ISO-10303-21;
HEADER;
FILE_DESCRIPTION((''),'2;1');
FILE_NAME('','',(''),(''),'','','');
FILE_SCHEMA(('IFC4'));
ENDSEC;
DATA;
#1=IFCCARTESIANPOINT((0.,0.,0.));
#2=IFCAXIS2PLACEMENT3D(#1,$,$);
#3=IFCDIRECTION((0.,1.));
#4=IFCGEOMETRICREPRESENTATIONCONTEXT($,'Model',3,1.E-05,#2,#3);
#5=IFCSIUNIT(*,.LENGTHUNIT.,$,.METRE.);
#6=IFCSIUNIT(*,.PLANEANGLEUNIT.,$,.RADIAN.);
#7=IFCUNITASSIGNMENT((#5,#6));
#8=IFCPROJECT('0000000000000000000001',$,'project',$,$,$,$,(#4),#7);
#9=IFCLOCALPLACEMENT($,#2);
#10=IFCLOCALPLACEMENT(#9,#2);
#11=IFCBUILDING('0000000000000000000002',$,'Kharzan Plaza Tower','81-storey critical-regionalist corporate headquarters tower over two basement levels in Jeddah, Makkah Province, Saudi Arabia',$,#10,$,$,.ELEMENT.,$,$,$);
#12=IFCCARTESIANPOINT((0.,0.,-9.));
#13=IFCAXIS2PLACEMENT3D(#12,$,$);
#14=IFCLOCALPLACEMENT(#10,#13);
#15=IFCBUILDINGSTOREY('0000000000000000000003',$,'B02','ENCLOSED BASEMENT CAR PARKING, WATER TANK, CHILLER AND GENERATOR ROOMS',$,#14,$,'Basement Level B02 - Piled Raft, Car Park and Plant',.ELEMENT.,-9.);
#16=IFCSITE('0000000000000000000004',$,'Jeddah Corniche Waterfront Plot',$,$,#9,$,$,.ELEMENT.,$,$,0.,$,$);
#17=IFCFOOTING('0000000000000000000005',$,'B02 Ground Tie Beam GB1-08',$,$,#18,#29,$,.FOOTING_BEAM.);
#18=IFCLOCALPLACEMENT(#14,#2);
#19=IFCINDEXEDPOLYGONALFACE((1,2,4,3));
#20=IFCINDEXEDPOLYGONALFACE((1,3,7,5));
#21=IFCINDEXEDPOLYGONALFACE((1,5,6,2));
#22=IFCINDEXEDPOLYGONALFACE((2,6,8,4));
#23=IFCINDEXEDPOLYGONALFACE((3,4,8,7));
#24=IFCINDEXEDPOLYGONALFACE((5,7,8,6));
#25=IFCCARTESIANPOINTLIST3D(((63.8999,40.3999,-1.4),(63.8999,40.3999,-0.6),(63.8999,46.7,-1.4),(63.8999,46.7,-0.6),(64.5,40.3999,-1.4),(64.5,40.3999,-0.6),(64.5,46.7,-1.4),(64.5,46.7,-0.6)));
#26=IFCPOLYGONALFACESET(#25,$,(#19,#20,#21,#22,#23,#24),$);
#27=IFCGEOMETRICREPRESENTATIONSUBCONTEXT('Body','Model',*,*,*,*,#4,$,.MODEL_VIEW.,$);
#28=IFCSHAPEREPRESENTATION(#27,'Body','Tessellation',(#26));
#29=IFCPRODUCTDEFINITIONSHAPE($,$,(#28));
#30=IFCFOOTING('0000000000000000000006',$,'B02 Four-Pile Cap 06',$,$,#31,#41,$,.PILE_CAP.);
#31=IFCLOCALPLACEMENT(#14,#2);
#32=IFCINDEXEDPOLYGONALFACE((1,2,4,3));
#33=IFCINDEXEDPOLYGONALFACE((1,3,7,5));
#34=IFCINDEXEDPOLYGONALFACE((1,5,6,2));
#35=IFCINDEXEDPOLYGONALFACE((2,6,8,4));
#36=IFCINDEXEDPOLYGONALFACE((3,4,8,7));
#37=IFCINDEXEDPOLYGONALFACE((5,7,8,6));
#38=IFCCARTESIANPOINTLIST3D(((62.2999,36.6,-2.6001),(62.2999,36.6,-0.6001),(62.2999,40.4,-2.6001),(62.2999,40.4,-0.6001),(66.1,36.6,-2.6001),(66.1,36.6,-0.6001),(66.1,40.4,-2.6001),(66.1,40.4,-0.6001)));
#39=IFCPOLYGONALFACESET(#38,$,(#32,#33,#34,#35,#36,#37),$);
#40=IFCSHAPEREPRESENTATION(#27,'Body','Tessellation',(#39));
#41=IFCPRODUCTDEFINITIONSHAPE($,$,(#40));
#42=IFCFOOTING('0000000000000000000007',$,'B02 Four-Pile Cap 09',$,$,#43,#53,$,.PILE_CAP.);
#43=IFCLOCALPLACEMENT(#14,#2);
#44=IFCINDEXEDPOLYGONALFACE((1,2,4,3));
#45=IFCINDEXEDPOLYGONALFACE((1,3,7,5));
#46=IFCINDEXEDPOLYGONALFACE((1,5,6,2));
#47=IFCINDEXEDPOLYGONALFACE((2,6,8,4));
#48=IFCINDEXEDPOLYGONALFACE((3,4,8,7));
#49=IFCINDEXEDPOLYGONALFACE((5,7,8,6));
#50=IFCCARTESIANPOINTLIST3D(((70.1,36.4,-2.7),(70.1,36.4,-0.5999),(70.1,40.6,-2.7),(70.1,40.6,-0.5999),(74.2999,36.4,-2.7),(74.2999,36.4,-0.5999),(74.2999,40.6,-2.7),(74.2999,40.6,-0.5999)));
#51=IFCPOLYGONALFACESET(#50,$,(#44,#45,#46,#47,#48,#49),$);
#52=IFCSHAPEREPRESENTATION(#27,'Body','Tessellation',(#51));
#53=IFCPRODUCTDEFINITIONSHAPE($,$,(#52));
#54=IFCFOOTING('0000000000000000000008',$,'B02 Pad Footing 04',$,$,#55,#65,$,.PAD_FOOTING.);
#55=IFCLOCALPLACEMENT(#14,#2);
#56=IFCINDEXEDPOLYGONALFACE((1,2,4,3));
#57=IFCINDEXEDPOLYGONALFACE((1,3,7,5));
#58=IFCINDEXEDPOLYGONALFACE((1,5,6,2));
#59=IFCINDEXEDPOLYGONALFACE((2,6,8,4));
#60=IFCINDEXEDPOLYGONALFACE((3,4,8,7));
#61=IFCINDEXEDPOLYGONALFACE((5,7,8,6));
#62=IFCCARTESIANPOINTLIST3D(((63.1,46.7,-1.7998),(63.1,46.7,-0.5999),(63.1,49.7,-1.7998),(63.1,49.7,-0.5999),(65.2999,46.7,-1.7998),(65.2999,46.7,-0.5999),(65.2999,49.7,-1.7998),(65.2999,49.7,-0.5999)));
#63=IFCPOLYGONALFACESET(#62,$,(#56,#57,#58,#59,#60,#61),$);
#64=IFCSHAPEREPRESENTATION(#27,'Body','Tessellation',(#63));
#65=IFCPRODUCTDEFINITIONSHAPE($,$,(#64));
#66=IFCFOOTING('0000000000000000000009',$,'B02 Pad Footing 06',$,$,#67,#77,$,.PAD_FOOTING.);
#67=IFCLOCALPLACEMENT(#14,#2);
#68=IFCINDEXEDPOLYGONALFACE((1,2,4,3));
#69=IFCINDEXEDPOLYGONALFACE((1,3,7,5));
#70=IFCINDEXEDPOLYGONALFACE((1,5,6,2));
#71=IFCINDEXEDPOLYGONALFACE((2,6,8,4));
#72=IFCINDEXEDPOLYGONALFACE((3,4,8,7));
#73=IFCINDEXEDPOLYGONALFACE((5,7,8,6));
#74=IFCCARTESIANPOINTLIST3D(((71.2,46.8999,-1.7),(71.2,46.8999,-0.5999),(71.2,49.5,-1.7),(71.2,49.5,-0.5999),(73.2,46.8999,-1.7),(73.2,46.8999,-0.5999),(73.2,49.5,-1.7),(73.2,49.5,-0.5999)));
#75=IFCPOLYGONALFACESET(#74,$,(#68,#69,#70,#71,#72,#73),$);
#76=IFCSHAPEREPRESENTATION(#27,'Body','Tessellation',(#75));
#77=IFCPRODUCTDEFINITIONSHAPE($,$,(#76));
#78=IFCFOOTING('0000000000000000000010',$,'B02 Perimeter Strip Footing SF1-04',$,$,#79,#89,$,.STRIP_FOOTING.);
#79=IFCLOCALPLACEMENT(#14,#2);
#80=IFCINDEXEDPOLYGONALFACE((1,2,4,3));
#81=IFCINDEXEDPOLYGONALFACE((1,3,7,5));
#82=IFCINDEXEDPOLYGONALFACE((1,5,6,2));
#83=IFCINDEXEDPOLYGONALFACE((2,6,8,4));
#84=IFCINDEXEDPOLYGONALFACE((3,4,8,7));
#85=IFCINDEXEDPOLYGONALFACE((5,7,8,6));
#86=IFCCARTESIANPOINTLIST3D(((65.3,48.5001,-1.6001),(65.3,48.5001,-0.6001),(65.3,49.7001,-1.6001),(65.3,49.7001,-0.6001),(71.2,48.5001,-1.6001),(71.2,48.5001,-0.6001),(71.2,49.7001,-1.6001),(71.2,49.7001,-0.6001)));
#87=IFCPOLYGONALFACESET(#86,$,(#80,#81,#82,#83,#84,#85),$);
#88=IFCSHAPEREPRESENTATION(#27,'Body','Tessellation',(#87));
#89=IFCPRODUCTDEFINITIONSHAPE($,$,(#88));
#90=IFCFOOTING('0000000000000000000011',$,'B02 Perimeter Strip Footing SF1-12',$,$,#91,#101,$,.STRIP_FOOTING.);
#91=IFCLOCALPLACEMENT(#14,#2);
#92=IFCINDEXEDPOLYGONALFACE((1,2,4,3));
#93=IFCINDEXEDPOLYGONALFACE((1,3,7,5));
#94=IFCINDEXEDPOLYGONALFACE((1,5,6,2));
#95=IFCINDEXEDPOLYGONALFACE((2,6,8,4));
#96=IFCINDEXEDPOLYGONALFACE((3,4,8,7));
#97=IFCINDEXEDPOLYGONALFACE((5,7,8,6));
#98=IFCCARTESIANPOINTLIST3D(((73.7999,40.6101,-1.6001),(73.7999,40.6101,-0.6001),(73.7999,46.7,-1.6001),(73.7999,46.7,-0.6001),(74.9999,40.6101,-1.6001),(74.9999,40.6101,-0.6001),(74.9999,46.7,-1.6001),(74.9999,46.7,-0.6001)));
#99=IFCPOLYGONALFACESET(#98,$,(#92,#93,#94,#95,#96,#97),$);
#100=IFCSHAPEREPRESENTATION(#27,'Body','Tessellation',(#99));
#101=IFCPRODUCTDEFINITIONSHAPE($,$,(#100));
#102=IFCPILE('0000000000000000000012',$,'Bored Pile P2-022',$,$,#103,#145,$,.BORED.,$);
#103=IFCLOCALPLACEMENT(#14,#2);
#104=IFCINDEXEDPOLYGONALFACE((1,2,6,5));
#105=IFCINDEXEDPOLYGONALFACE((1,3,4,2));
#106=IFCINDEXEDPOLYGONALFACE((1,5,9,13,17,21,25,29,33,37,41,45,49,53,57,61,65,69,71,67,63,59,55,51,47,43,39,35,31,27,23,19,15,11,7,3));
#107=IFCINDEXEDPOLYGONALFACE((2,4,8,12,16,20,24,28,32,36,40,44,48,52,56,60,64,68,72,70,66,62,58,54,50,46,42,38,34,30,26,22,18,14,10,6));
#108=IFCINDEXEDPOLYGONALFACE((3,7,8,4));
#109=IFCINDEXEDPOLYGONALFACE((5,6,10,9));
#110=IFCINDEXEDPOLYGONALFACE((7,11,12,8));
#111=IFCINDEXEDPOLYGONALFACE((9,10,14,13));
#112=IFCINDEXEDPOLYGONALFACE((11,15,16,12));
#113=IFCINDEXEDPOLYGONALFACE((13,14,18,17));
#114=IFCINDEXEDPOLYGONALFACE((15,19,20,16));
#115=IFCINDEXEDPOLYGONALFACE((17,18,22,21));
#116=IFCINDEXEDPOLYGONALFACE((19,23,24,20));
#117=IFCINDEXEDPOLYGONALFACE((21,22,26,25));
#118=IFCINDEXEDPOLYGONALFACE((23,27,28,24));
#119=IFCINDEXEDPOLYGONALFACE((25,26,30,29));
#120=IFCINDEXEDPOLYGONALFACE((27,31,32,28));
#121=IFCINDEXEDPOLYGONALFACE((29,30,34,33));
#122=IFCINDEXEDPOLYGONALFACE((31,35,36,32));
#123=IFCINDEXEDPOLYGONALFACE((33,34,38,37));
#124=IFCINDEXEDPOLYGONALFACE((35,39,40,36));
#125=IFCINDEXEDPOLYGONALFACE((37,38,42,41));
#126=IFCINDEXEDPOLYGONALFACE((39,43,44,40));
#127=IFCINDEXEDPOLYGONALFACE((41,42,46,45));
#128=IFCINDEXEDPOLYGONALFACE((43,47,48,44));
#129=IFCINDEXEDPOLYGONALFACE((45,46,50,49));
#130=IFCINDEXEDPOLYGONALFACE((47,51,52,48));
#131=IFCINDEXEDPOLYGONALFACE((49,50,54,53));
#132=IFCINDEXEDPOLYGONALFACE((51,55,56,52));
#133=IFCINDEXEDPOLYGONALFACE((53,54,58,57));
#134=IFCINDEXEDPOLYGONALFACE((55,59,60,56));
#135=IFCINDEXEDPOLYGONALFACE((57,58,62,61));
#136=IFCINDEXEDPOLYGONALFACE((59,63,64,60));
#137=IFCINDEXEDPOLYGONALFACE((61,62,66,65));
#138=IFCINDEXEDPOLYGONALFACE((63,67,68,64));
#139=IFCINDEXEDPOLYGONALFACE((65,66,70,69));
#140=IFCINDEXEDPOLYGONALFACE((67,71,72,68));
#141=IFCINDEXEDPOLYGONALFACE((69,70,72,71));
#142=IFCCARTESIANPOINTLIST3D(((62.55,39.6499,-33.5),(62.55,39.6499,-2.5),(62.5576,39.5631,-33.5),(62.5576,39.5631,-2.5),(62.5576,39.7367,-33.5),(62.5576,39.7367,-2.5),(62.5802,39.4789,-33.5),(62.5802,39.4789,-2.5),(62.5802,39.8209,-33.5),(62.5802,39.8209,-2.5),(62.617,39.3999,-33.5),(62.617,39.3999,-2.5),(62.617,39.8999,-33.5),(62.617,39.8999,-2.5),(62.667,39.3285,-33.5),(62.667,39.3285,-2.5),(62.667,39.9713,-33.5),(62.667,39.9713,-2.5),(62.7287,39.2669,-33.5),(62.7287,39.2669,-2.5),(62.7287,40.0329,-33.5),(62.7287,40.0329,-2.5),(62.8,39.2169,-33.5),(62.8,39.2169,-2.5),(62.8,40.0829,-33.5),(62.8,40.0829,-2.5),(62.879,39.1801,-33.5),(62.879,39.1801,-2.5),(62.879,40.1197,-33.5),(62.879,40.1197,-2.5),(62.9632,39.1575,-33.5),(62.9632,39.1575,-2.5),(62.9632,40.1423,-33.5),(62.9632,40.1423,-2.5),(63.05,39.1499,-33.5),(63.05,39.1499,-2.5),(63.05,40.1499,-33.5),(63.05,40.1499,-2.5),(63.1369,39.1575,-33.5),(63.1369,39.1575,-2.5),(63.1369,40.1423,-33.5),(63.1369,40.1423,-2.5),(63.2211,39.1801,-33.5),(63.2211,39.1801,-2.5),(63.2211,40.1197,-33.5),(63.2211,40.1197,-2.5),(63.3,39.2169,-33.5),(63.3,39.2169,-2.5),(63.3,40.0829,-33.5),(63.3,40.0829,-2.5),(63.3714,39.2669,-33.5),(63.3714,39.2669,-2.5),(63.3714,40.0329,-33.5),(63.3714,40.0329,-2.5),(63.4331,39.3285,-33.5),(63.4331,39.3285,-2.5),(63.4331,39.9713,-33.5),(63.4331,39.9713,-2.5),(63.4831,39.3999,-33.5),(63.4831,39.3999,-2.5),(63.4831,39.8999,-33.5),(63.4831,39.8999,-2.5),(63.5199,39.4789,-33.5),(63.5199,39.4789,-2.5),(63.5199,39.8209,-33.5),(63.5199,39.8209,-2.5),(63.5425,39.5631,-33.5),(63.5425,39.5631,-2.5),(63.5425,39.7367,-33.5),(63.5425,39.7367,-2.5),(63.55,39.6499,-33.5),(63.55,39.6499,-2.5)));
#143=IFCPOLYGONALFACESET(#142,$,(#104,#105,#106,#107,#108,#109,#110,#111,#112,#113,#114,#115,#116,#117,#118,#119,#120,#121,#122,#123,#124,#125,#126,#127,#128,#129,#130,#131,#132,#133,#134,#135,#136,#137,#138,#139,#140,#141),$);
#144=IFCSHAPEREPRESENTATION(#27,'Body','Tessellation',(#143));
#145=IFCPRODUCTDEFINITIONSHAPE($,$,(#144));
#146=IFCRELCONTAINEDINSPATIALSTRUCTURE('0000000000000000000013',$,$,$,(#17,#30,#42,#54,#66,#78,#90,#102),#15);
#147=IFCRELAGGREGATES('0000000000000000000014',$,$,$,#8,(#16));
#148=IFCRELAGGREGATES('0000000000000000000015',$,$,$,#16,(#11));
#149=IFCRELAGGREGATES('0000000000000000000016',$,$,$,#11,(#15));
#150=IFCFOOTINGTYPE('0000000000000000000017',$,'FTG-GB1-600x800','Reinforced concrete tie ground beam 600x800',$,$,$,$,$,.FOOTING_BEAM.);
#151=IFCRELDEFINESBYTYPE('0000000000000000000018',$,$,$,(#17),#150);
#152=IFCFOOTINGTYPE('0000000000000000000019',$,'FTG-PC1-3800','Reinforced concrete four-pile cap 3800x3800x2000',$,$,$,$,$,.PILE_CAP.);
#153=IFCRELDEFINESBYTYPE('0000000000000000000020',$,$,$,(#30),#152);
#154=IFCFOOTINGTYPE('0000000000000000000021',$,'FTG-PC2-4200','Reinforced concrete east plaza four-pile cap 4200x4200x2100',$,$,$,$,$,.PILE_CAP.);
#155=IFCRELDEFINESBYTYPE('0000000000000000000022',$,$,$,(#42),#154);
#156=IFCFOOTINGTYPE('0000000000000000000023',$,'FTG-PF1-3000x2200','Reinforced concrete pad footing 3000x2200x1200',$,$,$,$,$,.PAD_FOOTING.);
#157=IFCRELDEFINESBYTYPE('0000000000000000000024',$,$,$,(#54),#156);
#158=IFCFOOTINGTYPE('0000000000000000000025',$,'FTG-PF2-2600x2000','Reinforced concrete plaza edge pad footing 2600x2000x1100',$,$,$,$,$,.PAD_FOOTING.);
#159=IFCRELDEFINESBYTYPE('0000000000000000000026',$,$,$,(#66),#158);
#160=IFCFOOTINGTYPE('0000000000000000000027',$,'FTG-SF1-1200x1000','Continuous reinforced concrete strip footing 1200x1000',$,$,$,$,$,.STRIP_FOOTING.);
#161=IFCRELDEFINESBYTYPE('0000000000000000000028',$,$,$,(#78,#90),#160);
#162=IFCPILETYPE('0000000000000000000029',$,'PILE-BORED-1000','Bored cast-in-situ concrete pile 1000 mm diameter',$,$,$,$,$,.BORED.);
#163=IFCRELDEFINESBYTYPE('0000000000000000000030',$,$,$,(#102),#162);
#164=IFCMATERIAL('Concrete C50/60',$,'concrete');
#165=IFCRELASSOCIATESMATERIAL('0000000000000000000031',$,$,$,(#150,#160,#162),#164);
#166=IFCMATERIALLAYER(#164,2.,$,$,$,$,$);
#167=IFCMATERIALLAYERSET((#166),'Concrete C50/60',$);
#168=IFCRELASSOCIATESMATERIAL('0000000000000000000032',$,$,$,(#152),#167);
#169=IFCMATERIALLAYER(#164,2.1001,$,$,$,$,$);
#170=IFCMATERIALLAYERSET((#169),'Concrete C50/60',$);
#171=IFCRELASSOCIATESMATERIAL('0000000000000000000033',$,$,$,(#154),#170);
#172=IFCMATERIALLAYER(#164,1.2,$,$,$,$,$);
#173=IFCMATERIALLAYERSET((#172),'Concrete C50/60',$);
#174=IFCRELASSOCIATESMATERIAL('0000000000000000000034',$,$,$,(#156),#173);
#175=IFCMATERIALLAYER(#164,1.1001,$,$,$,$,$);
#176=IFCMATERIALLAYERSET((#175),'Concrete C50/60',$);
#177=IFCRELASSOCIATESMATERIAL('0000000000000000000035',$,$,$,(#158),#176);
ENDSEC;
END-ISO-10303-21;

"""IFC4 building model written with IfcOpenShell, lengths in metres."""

from ifc_helpers import new_model, si_unit, direction, frame, origin, origin_2d, place, context, subcontext, project, spatial, rectangle, circle, extrude, source, transform, mapped, material, layer, layer_set, material_profile, profile_set, type_object, element, save


model = new_model("IFC4")

# Units and contexts
model_context = context("Model", 3, precision=1e-05, world=origin(), true_north=direction((0.0, 1.0)))
body_context = subcontext(model_context, "Body", "Model", "MODEL_VIEW")
ifc_project = project(units=[si_unit("LENGTHUNIT", "METRE"), si_unit("PLANEANGLEUNIT", "RADIAN")], contexts=[model_context])

# Site, building, storey
site_placement = place(None, origin())
site = spatial("IfcSite", under=ifc_project, at=site_placement, Name="Jeddah Corniche Waterfront Plot", CompositionType="ELEMENT", RefElevation=0.0)
building_placement = place(site_placement, origin())
building = spatial("IfcBuilding", under=site, at=building_placement, Name="Kharzan Plaza Tower", Description="81-storey critical-regionalist corporate headquarters tower over two basement levels in Jeddah, Makkah Province, Saudi Arabia", CompositionType="ELEMENT")
storey_placement = place(building_placement, frame((0.0, 0.0, -9.0)))
storey = spatial("IfcBuildingStorey", under=building, at=storey_placement, Name="B02", Description="ENCLOSED BASEMENT CAR PARKING, WATER TANK, CHILLER AND GENERATOR ROOMS", LongName="Basement Level B02 - Piled Raft, Car Park and Plant", CompositionType="ELEMENT", Elevation=-9.0)

# Footings
ifc_material_1 = material(Name="Concrete C50/60", Category="concrete")
ifc_material_profile_1 = material_profile(ifc_material_1, rectangle(XDim=0.6001, YDim=0.8, at=origin_2d()), Name="GB-600x800")
ifc_profile_set_1 = profile_set([ifc_material_profile_1], Name="Concrete C50/60")
footing_type_1 = type_object("IfcFootingType", Name="FTG-GB1-600x800", Description="Reinforced concrete tie ground beam 600x800", PredefinedType="FOOTING_BEAM", material=ifc_profile_set_1)
shared_shape_1 = source(origin(), body_context, "Body", "SweptSolid", [
    extrude(rectangle(XDim=0.6001, YDim=0.8, at=origin_2d()), origin(), (0.0, 0.0, 1.0), 6.3),
])
footing_1_placement = place(storey_placement, frame((64.2, 40.3999, -1.0), z_axis=(0.0, 1.0, 0.0), x_axis=(-1.0, 0.0, 0.0)))
element("IfcFooting", 1, at=footing_1_placement, inside=storey, type_object=footing_type_1, Name="B02 Ground Tie Beam GB1-08", PredefinedType="FOOTING_BEAM", context=body_context, shape_type="MappedRepresentation", body=[
    mapped(shared_shape_1, transform((0.0, 0.0, 0.0), x_axis=(1.0, 0.0, 0.0), y_axis=(0.0, 1.0, 0.0), z_axis=(0.0, 0.0, 1.0))),
])
ifc_layer_1 = layer(ifc_material_1, 2.0)
ifc_layer_set_1 = layer_set([ifc_layer_1], Name="Concrete C50/60")
footing_type_2 = type_object("IfcFootingType", Name="FTG-PC1-3800", Description="Reinforced concrete four-pile cap 3800x3800x2000", PredefinedType="PILE_CAP", material=ifc_layer_set_1)
shared_shape_2 = source(origin(), body_context, "Body", "SweptSolid", [
    extrude(rectangle(XDim=3.8, YDim=3.8, at=origin_2d()), origin(), (0.0, 0.0, 1.0), 2.0),
])
footing_2_placement = place(storey_placement, frame((64.2, 38.5, -2.6001), z_axis=(0.0, 0.0, 1.0), x_axis=(1.0, 0.0, 0.0)))
element("IfcFooting", 2, at=footing_2_placement, inside=storey, type_object=footing_type_2, Name="B02 Four-Pile Cap 06", PredefinedType="PILE_CAP", context=body_context, shape_type="MappedRepresentation", body=[
    mapped(shared_shape_2, transform((0.0, 0.0, 0.0), x_axis=(1.0, 0.0, 0.0), y_axis=(0.0, 1.0, 0.0), z_axis=(0.0, 0.0, 1.0))),
])
ifc_layer_2 = layer(ifc_material_1, 2.1001)
ifc_layer_set_2 = layer_set([ifc_layer_2], Name="Concrete C50/60")
footing_type_3 = type_object("IfcFootingType", Name="FTG-PC2-4200", Description="Reinforced concrete east plaza four-pile cap 4200x4200x2100", PredefinedType="PILE_CAP", material=ifc_layer_set_2)
shared_shape_3 = source(origin(), body_context, "Body", "SweptSolid", [
    extrude(rectangle(XDim=4.2, YDim=4.2, at=origin_2d()), origin(), (0.0, 0.0, 1.0), 2.1001),
])
footing_3_placement = place(storey_placement, frame((72.2, 38.5, -2.7), z_axis=(0.0, 0.0, 1.0), x_axis=(1.0, 0.0, 0.0)))
element("IfcFooting", 3, at=footing_3_placement, inside=storey, type_object=footing_type_3, Name="B02 Four-Pile Cap 09", PredefinedType="PILE_CAP", context=body_context, shape_type="MappedRepresentation", body=[
    mapped(shared_shape_3, transform((0.0, 0.0, 0.0), x_axis=(1.0, 0.0, 0.0), y_axis=(0.0, 1.0, 0.0), z_axis=(0.0, 0.0, 1.0))),
])
ifc_layer_3 = layer(ifc_material_1, 1.2)
ifc_layer_set_3 = layer_set([ifc_layer_3], Name="Concrete C50/60")
footing_type_4 = type_object("IfcFootingType", Name="FTG-PF1-3000x2200", Description="Reinforced concrete pad footing 3000x2200x1200", PredefinedType="PAD_FOOTING", material=ifc_layer_set_3)
shared_shape_4 = source(origin(), body_context, "Body", "SweptSolid", [
    extrude(rectangle(XDim=3.0, YDim=2.2, at=origin_2d()), origin(), (0.0, 0.0, 1.0), 1.2),
])
footing_4_placement = place(storey_placement, frame((64.2, 48.2, -1.7998), z_axis=(0.0, 0.0, 1.0), x_axis=(0.0, 1.0, 0.0)))
element("IfcFooting", 4, at=footing_4_placement, inside=storey, type_object=footing_type_4, Name="B02 Pad Footing 04", PredefinedType="PAD_FOOTING", context=body_context, shape_type="MappedRepresentation", body=[
    mapped(shared_shape_4, transform((0.0, 0.0, 0.0), x_axis=(1.0, 0.0, 0.0), y_axis=(0.0, 1.0, 0.0), z_axis=(0.0, 0.0, 1.0))),
])
ifc_layer_4 = layer(ifc_material_1, 1.1001)
ifc_layer_set_4 = layer_set([ifc_layer_4], Name="Concrete C50/60")
footing_type_5 = type_object("IfcFootingType", Name="FTG-PF2-2600x2000", Description="Reinforced concrete plaza edge pad footing 2600x2000x1100", PredefinedType="PAD_FOOTING", material=ifc_layer_set_4)
shared_shape_5 = source(origin(), body_context, "Body", "SweptSolid", [
    extrude(rectangle(XDim=2.6001, YDim=2.0, at=origin_2d()), origin(), (0.0, 0.0, 1.0), 1.1001),
])
footing_5_placement = place(storey_placement, frame((72.2, 48.2, -1.7), z_axis=(0.0, 0.0, 1.0), x_axis=(0.0, 1.0, 0.0)))
element("IfcFooting", 5, at=footing_5_placement, inside=storey, type_object=footing_type_5, Name="B02 Pad Footing 06", PredefinedType="PAD_FOOTING", context=body_context, shape_type="MappedRepresentation", body=[
    mapped(shared_shape_5, transform((0.0, 0.0, 0.0), x_axis=(1.0, 0.0, 0.0), y_axis=(0.0, 1.0, 0.0), z_axis=(0.0, 0.0, 1.0))),
])
ifc_material_profile_2 = material_profile(ifc_material_1, rectangle(XDim=1.2, YDim=1.0, at=origin_2d()), Name="SF-1200x1000")
ifc_profile_set_2 = profile_set([ifc_material_profile_2], Name="Concrete C50/60")
footing_type_6 = type_object("IfcFootingType", Name="FTG-SF1-1200x1000", Description="Continuous reinforced concrete strip footing 1200x1000", PredefinedType="STRIP_FOOTING", material=ifc_profile_set_2)
shared_shape_6 = source(origin(), body_context, "Body", "SweptSolid", [
    extrude(rectangle(XDim=1.2, YDim=1.0, at=origin_2d()), origin(), (0.0, 0.0, 1.0), 5.8999),
])
footing_6_placement = place(storey_placement, frame((65.3, 49.1001, -1.1001), z_axis=(1.0, 0.0, 0.0), x_axis=(0.0, 1.0, 0.0)))
element("IfcFooting", 6, at=footing_6_placement, inside=storey, type_object=footing_type_6, Name="B02 Perimeter Strip Footing SF1-04", PredefinedType="STRIP_FOOTING", context=body_context, shape_type="MappedRepresentation", body=[
    mapped(shared_shape_6, transform((0.0, 0.0, 0.0), x_axis=(1.0, 0.0, 0.0), y_axis=(0.0, 1.0, 0.0), z_axis=(0.0, 0.0, 1.0))),
])
shared_shape_7 = source(origin(), body_context, "Body", "SweptSolid", [
    extrude(rectangle(XDim=1.2, YDim=1.0, at=origin_2d()), origin(), (0.0, 0.0, 1.0), 6.0898),
])
footing_7_placement = place(storey_placement, frame((74.3999, 40.6101, -1.1001), z_axis=(0.0, 1.0, 0.0), x_axis=(-1.0, 0.0, 0.0)))
element("IfcFooting", 7, at=footing_7_placement, inside=storey, type_object=footing_type_6, Name="B02 Perimeter Strip Footing SF1-12", PredefinedType="STRIP_FOOTING", context=body_context, shape_type="MappedRepresentation", body=[
    mapped(shared_shape_7, transform((0.0, 0.0, 0.0), x_axis=(1.0, 0.0, 0.0), y_axis=(0.0, 1.0, 0.0), z_axis=(0.0, 0.0, 1.0))),
])

# Pile
ifc_material_profile_3 = material_profile(ifc_material_1, circle(Radius=0.5, at=origin_2d()), Name="PILE-D1000")
ifc_profile_set_3 = profile_set([ifc_material_profile_3], Name="Concrete C50/60")
pile_type = type_object("IfcPileType", Name="PILE-BORED-1000", Description="Bored cast-in-situ concrete pile 1000 mm diameter", PredefinedType="BORED", material=ifc_profile_set_3)
shared_shape_8 = source(origin(), body_context, "Body", "SweptSolid", [
    extrude(circle(Radius=0.5, at=origin_2d()), origin(), (0.0, 0.0, 1.0), 31.0),
])
for number, where, z_axis, x_axis, name in (
    (8, (63.05, 39.6499, -2.5), (0.0, 0.0, -1.0), (1.0, 0.0, 0.0), "Bored Pile P2-022"),
):
    element("IfcPile", number, at=place(storey_placement, frame(where, z_axis=z_axis, x_axis=x_axis)), inside=storey, type_object=pile_type, Name=name, PredefinedType="BORED", context=body_context, shape_type="MappedRepresentation", body=[
        mapped(shared_shape_8, transform((0.0, 0.0, 0.0), x_axis=(1.0, 0.0, 0.0), y_axis=(0.0, 1.0, 0.0), z_axis=(0.0, 0.0, 1.0))),
    ])

save(model, "model.ifc")
